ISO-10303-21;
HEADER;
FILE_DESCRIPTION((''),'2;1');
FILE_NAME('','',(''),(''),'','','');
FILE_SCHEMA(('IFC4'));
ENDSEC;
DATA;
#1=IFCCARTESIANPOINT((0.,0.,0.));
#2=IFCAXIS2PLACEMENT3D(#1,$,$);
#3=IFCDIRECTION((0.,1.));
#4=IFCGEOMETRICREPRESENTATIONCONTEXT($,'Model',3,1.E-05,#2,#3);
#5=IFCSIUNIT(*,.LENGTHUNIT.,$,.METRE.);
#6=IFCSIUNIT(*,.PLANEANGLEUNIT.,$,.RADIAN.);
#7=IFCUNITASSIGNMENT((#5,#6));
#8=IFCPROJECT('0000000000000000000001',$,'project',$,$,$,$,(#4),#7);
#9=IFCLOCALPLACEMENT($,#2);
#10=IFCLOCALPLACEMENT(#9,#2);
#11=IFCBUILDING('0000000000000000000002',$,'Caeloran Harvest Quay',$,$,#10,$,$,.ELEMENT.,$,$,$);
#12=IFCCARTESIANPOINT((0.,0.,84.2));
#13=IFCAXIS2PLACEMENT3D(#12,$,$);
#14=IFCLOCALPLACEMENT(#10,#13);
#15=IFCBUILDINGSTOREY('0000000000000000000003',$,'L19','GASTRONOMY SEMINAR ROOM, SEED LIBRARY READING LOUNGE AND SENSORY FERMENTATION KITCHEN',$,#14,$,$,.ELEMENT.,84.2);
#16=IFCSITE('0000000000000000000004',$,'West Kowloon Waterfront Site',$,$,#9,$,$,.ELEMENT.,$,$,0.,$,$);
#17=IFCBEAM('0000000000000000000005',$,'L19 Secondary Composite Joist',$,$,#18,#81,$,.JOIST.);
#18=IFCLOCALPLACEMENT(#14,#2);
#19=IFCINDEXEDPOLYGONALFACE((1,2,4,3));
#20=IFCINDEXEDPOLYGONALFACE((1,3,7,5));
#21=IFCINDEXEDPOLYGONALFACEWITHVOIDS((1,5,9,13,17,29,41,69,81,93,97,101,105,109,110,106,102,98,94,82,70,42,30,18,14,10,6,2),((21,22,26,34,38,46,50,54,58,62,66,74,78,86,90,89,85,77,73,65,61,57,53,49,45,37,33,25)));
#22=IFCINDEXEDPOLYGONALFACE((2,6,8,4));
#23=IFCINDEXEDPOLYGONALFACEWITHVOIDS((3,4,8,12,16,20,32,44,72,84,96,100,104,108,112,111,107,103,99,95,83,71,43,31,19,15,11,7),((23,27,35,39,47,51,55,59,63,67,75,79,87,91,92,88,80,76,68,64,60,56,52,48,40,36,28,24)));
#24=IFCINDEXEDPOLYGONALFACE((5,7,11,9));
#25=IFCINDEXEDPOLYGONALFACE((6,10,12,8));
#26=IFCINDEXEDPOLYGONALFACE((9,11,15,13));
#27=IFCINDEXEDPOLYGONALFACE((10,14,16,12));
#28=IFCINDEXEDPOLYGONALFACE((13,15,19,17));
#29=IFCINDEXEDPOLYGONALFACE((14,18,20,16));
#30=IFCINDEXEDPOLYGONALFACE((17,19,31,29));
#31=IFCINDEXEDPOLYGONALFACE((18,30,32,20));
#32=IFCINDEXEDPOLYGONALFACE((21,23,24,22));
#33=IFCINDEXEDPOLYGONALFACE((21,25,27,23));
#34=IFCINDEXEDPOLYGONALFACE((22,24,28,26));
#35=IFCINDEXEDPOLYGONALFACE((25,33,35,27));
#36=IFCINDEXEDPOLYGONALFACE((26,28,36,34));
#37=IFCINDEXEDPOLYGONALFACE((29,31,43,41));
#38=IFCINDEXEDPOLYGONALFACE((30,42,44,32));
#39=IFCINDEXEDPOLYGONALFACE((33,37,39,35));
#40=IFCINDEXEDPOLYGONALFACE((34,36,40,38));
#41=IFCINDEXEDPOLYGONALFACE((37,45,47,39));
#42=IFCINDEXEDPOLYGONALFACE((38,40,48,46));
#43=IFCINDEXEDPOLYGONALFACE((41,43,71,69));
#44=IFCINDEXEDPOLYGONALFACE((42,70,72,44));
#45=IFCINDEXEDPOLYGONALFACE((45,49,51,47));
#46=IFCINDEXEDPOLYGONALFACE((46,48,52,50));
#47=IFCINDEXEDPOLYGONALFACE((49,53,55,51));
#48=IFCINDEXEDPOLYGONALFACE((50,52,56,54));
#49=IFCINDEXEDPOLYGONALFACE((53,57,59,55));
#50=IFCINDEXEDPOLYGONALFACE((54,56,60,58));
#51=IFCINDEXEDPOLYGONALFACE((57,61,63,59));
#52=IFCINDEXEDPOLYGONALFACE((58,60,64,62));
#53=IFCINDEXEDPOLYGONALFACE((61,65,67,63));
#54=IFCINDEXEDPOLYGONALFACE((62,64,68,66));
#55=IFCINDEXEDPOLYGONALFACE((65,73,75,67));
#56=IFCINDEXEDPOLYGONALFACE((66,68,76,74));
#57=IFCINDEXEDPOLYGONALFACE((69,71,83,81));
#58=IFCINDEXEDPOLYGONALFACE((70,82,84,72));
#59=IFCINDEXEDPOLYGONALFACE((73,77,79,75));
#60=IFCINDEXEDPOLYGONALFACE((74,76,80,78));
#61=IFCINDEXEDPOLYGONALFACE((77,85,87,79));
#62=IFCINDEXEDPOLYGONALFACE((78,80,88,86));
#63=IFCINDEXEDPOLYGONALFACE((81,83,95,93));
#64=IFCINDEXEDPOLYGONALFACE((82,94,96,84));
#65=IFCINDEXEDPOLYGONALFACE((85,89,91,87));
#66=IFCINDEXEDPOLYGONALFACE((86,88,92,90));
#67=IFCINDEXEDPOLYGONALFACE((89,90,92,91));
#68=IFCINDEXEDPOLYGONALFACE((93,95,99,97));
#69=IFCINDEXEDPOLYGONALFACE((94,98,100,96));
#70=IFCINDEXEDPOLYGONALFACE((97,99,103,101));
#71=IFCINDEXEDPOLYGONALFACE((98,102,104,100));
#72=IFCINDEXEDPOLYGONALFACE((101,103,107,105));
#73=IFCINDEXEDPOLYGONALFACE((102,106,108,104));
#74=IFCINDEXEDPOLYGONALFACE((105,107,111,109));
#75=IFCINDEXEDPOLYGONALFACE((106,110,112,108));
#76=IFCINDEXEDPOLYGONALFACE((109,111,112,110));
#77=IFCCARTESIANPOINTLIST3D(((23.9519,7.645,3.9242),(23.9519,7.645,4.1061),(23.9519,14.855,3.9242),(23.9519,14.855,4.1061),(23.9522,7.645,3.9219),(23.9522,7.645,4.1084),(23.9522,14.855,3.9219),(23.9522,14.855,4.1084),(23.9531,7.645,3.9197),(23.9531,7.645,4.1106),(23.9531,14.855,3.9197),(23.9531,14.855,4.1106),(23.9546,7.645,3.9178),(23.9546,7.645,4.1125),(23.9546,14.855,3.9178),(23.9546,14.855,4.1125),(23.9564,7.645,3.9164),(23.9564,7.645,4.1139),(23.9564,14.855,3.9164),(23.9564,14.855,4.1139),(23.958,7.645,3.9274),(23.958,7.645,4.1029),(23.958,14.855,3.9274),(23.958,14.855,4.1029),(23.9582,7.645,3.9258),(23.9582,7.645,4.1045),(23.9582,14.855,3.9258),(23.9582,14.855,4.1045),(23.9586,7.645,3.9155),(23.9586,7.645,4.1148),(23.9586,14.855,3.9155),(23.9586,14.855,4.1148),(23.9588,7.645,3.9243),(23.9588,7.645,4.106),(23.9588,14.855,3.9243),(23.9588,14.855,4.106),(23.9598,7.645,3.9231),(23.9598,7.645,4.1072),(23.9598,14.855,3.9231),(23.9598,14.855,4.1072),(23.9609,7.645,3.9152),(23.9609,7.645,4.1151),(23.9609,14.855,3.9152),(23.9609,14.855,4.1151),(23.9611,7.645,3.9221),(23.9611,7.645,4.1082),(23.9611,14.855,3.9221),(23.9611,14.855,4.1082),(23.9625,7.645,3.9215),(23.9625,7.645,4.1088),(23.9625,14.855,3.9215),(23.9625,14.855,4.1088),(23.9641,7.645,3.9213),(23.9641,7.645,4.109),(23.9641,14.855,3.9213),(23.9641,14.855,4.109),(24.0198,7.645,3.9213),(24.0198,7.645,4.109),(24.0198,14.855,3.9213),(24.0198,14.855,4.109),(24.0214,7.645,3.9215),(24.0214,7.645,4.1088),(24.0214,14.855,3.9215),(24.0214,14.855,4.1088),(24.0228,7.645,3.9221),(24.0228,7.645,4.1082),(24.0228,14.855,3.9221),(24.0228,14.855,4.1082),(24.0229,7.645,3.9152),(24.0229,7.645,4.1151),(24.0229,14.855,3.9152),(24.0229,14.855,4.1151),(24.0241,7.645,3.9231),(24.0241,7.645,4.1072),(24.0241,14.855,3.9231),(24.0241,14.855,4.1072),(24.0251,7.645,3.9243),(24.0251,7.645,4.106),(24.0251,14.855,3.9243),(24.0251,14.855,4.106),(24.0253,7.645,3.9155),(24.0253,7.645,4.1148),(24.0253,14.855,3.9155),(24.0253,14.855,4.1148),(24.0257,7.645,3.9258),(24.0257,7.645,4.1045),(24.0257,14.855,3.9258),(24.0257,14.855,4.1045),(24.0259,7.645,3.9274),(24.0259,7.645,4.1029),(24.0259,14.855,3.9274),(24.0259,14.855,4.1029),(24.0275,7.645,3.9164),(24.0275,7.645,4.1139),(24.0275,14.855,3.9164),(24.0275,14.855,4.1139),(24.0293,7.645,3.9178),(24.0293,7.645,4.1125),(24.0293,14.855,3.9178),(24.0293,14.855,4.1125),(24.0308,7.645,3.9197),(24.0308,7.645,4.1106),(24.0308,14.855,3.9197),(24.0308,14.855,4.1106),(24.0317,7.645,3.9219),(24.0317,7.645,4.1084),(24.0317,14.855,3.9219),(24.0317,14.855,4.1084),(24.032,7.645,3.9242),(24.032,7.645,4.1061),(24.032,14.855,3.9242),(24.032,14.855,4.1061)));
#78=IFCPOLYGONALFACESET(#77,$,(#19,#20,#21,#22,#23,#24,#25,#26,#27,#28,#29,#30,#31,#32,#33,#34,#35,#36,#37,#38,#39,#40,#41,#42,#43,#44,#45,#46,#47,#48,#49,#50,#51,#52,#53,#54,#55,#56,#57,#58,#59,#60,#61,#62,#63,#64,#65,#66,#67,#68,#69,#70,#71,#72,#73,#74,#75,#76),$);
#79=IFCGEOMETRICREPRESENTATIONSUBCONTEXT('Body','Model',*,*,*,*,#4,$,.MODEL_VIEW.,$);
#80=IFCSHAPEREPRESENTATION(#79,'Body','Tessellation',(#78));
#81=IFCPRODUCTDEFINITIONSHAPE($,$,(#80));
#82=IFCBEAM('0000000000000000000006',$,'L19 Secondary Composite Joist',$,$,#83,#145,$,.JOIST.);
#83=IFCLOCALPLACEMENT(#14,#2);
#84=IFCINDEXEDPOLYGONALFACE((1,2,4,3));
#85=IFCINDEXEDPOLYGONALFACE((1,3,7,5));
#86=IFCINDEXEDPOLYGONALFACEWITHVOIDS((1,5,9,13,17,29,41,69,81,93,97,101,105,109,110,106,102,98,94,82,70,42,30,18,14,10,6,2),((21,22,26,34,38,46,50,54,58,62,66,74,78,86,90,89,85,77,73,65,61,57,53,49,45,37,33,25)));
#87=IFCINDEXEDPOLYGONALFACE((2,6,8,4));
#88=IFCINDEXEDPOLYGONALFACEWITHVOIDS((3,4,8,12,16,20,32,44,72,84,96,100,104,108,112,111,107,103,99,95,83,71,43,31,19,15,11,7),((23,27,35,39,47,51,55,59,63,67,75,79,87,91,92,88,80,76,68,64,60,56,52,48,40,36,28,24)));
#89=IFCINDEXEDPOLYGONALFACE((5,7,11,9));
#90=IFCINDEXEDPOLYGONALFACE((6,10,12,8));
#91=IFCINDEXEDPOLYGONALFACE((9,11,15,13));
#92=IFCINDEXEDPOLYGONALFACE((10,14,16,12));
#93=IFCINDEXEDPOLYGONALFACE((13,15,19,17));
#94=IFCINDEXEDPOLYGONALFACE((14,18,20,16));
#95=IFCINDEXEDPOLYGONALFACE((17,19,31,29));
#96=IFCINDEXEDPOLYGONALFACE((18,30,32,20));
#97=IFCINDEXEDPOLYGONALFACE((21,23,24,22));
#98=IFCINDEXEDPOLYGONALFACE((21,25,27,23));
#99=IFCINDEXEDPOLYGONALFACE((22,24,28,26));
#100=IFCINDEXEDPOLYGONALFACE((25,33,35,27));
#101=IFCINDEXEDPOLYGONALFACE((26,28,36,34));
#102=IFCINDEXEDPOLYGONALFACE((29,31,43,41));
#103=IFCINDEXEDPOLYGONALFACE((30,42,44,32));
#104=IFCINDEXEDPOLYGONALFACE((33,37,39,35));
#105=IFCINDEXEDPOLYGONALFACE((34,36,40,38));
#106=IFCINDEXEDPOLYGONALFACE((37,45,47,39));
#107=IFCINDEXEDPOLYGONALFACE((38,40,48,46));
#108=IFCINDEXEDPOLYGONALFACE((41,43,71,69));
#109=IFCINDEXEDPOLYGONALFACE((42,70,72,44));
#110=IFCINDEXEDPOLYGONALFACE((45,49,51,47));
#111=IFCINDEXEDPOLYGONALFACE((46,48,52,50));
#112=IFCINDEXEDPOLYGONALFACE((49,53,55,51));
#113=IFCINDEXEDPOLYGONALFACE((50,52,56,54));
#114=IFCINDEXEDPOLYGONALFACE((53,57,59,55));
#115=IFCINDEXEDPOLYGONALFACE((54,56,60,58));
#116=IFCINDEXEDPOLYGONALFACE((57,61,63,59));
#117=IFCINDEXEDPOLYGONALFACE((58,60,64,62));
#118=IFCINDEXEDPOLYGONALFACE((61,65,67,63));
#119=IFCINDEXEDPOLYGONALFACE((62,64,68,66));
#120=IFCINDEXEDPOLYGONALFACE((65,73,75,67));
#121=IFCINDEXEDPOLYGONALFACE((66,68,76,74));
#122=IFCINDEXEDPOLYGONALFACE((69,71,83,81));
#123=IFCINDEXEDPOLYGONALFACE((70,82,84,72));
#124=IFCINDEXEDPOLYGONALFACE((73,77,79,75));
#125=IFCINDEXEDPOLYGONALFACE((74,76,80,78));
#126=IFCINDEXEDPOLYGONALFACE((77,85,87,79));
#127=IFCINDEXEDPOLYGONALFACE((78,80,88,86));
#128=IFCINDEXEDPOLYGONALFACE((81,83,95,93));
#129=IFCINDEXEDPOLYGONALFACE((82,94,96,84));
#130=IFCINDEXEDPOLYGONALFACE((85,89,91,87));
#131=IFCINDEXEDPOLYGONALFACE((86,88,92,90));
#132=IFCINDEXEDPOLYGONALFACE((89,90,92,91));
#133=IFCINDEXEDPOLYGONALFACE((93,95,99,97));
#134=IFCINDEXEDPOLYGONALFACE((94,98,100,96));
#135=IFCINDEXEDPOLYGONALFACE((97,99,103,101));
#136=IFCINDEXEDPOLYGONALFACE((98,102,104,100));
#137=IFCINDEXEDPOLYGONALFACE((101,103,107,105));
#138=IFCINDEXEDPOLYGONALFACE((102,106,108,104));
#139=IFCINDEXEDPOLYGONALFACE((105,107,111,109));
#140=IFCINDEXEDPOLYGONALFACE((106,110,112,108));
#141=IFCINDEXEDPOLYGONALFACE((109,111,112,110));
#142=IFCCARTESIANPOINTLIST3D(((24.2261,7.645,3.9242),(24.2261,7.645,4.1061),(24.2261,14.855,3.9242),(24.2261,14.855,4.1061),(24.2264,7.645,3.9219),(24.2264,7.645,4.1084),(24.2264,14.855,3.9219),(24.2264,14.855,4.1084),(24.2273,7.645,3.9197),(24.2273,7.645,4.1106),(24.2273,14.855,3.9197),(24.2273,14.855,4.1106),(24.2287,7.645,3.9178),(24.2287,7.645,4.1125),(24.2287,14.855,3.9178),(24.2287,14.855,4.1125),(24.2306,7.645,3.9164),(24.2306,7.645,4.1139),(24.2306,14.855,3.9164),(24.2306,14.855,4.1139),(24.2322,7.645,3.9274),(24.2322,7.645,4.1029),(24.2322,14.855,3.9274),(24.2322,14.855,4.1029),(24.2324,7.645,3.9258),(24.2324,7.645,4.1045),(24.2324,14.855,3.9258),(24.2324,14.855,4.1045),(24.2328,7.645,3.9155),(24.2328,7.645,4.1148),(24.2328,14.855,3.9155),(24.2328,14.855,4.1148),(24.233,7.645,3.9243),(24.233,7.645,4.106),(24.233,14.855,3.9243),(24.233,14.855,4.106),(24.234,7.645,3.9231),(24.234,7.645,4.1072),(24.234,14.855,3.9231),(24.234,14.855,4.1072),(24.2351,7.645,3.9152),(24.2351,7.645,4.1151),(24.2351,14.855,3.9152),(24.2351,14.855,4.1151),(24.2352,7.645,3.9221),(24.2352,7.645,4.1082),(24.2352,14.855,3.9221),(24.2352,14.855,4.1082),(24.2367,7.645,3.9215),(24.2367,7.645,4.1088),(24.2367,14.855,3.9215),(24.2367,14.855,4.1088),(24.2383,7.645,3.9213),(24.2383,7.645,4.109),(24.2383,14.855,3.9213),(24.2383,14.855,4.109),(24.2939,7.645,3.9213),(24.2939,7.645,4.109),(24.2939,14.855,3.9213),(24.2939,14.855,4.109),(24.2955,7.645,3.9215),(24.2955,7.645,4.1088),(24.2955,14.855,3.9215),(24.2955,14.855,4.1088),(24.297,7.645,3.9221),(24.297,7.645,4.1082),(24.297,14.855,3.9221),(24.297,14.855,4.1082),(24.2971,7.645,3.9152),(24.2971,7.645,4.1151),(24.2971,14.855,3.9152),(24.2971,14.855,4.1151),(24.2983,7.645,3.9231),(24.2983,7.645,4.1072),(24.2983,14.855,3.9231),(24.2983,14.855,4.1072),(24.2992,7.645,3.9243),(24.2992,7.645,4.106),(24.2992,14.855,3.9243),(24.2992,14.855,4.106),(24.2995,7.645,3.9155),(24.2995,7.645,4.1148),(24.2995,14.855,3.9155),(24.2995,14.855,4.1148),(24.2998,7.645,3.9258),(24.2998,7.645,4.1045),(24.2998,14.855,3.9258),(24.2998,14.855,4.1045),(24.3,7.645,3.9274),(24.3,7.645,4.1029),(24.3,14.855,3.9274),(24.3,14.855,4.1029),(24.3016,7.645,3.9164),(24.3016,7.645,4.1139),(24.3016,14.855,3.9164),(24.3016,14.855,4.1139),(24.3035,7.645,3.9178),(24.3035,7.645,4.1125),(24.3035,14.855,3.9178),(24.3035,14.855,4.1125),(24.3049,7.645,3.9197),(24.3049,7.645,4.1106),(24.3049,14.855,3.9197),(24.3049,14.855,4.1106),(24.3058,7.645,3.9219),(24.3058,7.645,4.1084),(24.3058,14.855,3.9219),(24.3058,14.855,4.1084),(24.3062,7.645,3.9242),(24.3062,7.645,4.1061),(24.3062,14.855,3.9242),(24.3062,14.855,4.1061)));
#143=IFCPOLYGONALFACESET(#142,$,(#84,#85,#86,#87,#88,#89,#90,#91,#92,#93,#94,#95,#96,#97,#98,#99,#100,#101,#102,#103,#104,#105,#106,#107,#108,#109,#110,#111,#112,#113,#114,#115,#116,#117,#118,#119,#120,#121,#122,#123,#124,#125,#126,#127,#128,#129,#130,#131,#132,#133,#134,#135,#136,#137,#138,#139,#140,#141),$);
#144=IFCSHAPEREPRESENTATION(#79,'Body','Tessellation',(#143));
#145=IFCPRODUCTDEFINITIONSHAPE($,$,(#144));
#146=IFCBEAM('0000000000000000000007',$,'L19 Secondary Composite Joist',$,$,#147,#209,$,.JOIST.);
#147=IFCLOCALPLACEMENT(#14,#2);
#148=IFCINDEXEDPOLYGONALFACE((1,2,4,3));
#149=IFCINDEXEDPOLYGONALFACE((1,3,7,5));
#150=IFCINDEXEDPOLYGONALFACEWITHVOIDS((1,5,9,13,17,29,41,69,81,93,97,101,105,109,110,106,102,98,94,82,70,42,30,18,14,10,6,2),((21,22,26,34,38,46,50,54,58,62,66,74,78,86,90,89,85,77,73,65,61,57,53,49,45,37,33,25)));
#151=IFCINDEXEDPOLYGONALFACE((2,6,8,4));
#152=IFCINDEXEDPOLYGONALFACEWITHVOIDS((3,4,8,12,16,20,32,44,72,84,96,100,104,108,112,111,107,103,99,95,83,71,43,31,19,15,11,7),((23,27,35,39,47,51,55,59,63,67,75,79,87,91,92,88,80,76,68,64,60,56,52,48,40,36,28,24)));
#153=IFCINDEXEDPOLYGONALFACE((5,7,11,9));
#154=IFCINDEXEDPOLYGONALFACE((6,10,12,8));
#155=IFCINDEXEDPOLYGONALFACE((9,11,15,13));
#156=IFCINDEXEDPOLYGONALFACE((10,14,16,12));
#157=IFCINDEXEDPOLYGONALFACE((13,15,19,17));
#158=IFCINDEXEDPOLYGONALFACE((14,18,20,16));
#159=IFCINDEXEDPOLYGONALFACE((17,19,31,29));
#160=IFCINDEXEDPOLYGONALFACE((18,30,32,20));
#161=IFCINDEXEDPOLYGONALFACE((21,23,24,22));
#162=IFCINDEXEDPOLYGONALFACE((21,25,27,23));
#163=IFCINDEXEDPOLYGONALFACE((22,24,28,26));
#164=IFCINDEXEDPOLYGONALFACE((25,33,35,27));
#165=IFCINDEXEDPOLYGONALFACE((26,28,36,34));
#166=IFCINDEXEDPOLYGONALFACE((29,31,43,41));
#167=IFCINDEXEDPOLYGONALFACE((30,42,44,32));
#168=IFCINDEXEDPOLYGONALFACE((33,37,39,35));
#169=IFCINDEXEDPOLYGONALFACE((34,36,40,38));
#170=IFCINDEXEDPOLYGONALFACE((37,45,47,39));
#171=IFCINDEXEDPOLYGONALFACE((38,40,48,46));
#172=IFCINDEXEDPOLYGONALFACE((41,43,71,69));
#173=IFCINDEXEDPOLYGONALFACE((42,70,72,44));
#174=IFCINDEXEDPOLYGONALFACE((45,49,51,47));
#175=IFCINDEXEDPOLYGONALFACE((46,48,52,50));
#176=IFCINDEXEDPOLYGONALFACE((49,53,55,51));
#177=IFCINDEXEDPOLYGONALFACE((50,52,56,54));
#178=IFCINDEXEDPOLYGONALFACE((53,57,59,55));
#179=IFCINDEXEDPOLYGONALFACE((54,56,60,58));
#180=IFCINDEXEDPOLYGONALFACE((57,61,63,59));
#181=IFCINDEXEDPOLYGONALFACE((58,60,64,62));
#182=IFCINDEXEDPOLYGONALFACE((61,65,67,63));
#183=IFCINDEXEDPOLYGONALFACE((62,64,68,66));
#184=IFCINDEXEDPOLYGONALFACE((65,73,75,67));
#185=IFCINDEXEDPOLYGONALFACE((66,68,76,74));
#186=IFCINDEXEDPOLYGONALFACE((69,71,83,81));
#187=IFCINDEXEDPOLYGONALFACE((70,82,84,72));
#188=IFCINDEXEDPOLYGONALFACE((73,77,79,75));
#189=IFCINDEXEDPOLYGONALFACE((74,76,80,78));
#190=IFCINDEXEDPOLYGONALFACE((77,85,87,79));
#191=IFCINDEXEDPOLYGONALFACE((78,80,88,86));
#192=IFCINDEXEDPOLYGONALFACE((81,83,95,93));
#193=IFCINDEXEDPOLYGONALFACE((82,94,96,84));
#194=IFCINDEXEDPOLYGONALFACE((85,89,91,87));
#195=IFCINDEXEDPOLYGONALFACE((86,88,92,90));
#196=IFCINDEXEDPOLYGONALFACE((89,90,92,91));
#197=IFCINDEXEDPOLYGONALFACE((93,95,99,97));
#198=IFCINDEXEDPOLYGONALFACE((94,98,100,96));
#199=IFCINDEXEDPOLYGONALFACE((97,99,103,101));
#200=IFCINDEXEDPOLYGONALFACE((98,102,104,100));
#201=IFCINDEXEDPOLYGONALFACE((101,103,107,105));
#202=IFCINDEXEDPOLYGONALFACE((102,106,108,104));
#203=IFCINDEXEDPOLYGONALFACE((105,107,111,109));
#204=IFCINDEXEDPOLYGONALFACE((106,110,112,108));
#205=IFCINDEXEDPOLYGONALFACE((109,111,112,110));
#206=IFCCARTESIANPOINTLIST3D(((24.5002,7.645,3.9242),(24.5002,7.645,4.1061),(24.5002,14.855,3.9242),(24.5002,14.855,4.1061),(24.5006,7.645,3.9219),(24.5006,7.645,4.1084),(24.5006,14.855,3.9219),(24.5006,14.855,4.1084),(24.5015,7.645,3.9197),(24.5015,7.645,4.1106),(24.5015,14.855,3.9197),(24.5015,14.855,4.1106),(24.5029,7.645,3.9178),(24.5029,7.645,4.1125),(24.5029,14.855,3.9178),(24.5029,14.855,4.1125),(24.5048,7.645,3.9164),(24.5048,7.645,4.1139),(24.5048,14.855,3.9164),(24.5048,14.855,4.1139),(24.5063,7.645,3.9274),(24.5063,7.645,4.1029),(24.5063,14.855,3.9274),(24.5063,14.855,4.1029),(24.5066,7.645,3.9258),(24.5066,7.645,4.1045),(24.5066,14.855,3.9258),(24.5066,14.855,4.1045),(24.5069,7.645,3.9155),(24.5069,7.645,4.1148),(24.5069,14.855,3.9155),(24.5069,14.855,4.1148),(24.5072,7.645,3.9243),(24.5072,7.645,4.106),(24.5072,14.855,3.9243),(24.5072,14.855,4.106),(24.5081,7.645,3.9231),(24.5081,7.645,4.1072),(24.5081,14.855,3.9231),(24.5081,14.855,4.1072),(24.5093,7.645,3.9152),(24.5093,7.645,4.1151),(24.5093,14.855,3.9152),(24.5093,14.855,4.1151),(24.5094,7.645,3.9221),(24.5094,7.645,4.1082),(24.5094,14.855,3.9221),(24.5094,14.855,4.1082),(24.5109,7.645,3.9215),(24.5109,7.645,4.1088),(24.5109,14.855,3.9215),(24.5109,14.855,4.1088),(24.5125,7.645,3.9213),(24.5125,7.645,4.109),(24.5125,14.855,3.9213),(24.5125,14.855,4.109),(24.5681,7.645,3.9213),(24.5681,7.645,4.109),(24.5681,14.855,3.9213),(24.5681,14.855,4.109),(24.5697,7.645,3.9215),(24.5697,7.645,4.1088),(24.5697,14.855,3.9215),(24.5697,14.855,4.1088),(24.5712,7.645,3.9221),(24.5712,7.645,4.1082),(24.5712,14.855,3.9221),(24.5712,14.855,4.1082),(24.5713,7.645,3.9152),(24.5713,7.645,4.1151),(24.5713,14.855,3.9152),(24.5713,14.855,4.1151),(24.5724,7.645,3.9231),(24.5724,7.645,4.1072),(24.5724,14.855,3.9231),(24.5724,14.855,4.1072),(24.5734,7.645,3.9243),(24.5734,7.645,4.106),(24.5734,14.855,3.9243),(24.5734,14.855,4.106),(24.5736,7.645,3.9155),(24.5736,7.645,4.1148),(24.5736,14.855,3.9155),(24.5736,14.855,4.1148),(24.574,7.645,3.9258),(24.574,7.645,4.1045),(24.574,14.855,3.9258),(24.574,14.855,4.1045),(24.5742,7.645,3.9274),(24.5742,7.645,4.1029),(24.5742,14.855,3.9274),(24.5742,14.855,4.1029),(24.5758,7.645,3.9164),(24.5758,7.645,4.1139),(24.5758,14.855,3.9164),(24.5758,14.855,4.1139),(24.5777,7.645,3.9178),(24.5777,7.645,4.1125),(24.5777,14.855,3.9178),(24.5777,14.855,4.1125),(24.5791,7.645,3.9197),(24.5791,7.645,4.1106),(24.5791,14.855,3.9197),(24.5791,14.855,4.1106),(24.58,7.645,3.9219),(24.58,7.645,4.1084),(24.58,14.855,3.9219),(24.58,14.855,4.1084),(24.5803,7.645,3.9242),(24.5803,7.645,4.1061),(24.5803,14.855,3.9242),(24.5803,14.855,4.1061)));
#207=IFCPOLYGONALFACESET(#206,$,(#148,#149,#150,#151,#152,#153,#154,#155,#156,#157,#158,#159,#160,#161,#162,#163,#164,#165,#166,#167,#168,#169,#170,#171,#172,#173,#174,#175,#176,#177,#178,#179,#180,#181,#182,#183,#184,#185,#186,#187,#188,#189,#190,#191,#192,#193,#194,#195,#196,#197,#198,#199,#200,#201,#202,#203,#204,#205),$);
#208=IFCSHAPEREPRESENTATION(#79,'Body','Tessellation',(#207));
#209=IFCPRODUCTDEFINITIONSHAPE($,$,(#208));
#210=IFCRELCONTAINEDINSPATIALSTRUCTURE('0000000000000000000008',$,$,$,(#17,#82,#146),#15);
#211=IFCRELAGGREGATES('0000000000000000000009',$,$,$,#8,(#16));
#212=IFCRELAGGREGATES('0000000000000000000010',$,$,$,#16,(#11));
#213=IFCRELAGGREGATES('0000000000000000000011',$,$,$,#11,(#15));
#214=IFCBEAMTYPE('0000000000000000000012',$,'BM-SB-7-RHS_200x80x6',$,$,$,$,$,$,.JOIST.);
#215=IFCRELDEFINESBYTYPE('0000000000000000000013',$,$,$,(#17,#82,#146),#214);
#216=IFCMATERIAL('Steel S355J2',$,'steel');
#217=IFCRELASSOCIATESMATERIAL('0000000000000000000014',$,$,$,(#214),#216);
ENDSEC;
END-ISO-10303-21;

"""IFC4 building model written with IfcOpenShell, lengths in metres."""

from ifc_helpers import new_model, si_unit, direction, frame, origin, origin_2d, place, context, subcontext, project, spatial, hollow_rectangle, extrude, material, material_profile, profile_set, type_object, element, save


model = new_model("IFC4")

# Units and contexts
model_context = context("Model", 3, precision=1e-05, world=origin(), true_north=direction((0.0, 1.0)))
body_context = subcontext(model_context, "Body", "Model", "MODEL_VIEW")
ifc_project = project(units=[si_unit("LENGTHUNIT", "METRE"), si_unit("PLANEANGLEUNIT", "RADIAN")], contexts=[model_context])

# Site, building, storey
site_placement = place(None, origin())
site = spatial("IfcSite", under=ifc_project, at=site_placement, Name="West Kowloon Waterfront Site", CompositionType="ELEMENT", RefElevation=0.0)
building_placement = place(site_placement, origin())
building = spatial("IfcBuilding", under=site, at=building_placement, Name="Caeloran Harvest Quay", CompositionType="ELEMENT")
storey_placement = place(building_placement, frame((0.0, 0.0, 84.2)))
storey = spatial("IfcBuildingStorey", under=building, at=storey_placement, Name="L19", Description="GASTRONOMY SEMINAR ROOM, SEED LIBRARY READING LOUNGE AND SENSORY FERMENTATION KITCHEN", CompositionType="ELEMENT", Elevation=84.2)

# Beams
ifc_material_1 = material(Name="Steel S355J2", Category="steel")
ifc_material_profile_1 = material_profile(ifc_material_1, hollow_rectangle(XDim=0.0801, YDim=0.2, WallThickness=0.0061, InnerFilletRadius=0.0061, OuterFilletRadius=0.009, at=origin_2d()), Name="RHS 200x80x6")
ifc_profile_set_1 = profile_set([ifc_material_profile_1], Name="Steel S355J2")
beam_type_1 = type_object("IfcBeamType", Name="BM-SB-7-RHS_200x80x6", PredefinedType="JOIST", material=ifc_profile_set_1)
for number, where, z_axis, x_axis, name in (
    (1, (23.9919, 7.645, 4.0151), (0.0, 1.0, 0.0), (-1.0, 0.0, 0.0), "L19 Secondary Composite Joist"),
    (2, (24.2661, 7.645, 4.0151), (0.0, 1.0, 0.0), (-1.0, 0.0, 0.0), "L19 Secondary Composite Joist"),
    (3, (24.5403, 7.645, 4.0151), (0.0, 1.0, 0.0), (-1.0, 0.0, 0.0), "L19 Secondary Composite Joist"),
):
    element("IfcBeam", number, at=place(storey_placement, frame(where, z_axis=z_axis, x_axis=x_axis)), inside=storey, type_object=beam_type_1, Name=name, PredefinedType="JOIST", context=body_context, shape_type="SweptSolid", body=[
        extrude(hollow_rectangle(XDim=0.0801, YDim=0.2, WallThickness=0.0061, InnerFilletRadius=0.0061, OuterFilletRadius=0.009, at=origin_2d()), origin(), (0.0, 0.0, 1.0), 7.21),
    ])

save(model, "model.ifc")
